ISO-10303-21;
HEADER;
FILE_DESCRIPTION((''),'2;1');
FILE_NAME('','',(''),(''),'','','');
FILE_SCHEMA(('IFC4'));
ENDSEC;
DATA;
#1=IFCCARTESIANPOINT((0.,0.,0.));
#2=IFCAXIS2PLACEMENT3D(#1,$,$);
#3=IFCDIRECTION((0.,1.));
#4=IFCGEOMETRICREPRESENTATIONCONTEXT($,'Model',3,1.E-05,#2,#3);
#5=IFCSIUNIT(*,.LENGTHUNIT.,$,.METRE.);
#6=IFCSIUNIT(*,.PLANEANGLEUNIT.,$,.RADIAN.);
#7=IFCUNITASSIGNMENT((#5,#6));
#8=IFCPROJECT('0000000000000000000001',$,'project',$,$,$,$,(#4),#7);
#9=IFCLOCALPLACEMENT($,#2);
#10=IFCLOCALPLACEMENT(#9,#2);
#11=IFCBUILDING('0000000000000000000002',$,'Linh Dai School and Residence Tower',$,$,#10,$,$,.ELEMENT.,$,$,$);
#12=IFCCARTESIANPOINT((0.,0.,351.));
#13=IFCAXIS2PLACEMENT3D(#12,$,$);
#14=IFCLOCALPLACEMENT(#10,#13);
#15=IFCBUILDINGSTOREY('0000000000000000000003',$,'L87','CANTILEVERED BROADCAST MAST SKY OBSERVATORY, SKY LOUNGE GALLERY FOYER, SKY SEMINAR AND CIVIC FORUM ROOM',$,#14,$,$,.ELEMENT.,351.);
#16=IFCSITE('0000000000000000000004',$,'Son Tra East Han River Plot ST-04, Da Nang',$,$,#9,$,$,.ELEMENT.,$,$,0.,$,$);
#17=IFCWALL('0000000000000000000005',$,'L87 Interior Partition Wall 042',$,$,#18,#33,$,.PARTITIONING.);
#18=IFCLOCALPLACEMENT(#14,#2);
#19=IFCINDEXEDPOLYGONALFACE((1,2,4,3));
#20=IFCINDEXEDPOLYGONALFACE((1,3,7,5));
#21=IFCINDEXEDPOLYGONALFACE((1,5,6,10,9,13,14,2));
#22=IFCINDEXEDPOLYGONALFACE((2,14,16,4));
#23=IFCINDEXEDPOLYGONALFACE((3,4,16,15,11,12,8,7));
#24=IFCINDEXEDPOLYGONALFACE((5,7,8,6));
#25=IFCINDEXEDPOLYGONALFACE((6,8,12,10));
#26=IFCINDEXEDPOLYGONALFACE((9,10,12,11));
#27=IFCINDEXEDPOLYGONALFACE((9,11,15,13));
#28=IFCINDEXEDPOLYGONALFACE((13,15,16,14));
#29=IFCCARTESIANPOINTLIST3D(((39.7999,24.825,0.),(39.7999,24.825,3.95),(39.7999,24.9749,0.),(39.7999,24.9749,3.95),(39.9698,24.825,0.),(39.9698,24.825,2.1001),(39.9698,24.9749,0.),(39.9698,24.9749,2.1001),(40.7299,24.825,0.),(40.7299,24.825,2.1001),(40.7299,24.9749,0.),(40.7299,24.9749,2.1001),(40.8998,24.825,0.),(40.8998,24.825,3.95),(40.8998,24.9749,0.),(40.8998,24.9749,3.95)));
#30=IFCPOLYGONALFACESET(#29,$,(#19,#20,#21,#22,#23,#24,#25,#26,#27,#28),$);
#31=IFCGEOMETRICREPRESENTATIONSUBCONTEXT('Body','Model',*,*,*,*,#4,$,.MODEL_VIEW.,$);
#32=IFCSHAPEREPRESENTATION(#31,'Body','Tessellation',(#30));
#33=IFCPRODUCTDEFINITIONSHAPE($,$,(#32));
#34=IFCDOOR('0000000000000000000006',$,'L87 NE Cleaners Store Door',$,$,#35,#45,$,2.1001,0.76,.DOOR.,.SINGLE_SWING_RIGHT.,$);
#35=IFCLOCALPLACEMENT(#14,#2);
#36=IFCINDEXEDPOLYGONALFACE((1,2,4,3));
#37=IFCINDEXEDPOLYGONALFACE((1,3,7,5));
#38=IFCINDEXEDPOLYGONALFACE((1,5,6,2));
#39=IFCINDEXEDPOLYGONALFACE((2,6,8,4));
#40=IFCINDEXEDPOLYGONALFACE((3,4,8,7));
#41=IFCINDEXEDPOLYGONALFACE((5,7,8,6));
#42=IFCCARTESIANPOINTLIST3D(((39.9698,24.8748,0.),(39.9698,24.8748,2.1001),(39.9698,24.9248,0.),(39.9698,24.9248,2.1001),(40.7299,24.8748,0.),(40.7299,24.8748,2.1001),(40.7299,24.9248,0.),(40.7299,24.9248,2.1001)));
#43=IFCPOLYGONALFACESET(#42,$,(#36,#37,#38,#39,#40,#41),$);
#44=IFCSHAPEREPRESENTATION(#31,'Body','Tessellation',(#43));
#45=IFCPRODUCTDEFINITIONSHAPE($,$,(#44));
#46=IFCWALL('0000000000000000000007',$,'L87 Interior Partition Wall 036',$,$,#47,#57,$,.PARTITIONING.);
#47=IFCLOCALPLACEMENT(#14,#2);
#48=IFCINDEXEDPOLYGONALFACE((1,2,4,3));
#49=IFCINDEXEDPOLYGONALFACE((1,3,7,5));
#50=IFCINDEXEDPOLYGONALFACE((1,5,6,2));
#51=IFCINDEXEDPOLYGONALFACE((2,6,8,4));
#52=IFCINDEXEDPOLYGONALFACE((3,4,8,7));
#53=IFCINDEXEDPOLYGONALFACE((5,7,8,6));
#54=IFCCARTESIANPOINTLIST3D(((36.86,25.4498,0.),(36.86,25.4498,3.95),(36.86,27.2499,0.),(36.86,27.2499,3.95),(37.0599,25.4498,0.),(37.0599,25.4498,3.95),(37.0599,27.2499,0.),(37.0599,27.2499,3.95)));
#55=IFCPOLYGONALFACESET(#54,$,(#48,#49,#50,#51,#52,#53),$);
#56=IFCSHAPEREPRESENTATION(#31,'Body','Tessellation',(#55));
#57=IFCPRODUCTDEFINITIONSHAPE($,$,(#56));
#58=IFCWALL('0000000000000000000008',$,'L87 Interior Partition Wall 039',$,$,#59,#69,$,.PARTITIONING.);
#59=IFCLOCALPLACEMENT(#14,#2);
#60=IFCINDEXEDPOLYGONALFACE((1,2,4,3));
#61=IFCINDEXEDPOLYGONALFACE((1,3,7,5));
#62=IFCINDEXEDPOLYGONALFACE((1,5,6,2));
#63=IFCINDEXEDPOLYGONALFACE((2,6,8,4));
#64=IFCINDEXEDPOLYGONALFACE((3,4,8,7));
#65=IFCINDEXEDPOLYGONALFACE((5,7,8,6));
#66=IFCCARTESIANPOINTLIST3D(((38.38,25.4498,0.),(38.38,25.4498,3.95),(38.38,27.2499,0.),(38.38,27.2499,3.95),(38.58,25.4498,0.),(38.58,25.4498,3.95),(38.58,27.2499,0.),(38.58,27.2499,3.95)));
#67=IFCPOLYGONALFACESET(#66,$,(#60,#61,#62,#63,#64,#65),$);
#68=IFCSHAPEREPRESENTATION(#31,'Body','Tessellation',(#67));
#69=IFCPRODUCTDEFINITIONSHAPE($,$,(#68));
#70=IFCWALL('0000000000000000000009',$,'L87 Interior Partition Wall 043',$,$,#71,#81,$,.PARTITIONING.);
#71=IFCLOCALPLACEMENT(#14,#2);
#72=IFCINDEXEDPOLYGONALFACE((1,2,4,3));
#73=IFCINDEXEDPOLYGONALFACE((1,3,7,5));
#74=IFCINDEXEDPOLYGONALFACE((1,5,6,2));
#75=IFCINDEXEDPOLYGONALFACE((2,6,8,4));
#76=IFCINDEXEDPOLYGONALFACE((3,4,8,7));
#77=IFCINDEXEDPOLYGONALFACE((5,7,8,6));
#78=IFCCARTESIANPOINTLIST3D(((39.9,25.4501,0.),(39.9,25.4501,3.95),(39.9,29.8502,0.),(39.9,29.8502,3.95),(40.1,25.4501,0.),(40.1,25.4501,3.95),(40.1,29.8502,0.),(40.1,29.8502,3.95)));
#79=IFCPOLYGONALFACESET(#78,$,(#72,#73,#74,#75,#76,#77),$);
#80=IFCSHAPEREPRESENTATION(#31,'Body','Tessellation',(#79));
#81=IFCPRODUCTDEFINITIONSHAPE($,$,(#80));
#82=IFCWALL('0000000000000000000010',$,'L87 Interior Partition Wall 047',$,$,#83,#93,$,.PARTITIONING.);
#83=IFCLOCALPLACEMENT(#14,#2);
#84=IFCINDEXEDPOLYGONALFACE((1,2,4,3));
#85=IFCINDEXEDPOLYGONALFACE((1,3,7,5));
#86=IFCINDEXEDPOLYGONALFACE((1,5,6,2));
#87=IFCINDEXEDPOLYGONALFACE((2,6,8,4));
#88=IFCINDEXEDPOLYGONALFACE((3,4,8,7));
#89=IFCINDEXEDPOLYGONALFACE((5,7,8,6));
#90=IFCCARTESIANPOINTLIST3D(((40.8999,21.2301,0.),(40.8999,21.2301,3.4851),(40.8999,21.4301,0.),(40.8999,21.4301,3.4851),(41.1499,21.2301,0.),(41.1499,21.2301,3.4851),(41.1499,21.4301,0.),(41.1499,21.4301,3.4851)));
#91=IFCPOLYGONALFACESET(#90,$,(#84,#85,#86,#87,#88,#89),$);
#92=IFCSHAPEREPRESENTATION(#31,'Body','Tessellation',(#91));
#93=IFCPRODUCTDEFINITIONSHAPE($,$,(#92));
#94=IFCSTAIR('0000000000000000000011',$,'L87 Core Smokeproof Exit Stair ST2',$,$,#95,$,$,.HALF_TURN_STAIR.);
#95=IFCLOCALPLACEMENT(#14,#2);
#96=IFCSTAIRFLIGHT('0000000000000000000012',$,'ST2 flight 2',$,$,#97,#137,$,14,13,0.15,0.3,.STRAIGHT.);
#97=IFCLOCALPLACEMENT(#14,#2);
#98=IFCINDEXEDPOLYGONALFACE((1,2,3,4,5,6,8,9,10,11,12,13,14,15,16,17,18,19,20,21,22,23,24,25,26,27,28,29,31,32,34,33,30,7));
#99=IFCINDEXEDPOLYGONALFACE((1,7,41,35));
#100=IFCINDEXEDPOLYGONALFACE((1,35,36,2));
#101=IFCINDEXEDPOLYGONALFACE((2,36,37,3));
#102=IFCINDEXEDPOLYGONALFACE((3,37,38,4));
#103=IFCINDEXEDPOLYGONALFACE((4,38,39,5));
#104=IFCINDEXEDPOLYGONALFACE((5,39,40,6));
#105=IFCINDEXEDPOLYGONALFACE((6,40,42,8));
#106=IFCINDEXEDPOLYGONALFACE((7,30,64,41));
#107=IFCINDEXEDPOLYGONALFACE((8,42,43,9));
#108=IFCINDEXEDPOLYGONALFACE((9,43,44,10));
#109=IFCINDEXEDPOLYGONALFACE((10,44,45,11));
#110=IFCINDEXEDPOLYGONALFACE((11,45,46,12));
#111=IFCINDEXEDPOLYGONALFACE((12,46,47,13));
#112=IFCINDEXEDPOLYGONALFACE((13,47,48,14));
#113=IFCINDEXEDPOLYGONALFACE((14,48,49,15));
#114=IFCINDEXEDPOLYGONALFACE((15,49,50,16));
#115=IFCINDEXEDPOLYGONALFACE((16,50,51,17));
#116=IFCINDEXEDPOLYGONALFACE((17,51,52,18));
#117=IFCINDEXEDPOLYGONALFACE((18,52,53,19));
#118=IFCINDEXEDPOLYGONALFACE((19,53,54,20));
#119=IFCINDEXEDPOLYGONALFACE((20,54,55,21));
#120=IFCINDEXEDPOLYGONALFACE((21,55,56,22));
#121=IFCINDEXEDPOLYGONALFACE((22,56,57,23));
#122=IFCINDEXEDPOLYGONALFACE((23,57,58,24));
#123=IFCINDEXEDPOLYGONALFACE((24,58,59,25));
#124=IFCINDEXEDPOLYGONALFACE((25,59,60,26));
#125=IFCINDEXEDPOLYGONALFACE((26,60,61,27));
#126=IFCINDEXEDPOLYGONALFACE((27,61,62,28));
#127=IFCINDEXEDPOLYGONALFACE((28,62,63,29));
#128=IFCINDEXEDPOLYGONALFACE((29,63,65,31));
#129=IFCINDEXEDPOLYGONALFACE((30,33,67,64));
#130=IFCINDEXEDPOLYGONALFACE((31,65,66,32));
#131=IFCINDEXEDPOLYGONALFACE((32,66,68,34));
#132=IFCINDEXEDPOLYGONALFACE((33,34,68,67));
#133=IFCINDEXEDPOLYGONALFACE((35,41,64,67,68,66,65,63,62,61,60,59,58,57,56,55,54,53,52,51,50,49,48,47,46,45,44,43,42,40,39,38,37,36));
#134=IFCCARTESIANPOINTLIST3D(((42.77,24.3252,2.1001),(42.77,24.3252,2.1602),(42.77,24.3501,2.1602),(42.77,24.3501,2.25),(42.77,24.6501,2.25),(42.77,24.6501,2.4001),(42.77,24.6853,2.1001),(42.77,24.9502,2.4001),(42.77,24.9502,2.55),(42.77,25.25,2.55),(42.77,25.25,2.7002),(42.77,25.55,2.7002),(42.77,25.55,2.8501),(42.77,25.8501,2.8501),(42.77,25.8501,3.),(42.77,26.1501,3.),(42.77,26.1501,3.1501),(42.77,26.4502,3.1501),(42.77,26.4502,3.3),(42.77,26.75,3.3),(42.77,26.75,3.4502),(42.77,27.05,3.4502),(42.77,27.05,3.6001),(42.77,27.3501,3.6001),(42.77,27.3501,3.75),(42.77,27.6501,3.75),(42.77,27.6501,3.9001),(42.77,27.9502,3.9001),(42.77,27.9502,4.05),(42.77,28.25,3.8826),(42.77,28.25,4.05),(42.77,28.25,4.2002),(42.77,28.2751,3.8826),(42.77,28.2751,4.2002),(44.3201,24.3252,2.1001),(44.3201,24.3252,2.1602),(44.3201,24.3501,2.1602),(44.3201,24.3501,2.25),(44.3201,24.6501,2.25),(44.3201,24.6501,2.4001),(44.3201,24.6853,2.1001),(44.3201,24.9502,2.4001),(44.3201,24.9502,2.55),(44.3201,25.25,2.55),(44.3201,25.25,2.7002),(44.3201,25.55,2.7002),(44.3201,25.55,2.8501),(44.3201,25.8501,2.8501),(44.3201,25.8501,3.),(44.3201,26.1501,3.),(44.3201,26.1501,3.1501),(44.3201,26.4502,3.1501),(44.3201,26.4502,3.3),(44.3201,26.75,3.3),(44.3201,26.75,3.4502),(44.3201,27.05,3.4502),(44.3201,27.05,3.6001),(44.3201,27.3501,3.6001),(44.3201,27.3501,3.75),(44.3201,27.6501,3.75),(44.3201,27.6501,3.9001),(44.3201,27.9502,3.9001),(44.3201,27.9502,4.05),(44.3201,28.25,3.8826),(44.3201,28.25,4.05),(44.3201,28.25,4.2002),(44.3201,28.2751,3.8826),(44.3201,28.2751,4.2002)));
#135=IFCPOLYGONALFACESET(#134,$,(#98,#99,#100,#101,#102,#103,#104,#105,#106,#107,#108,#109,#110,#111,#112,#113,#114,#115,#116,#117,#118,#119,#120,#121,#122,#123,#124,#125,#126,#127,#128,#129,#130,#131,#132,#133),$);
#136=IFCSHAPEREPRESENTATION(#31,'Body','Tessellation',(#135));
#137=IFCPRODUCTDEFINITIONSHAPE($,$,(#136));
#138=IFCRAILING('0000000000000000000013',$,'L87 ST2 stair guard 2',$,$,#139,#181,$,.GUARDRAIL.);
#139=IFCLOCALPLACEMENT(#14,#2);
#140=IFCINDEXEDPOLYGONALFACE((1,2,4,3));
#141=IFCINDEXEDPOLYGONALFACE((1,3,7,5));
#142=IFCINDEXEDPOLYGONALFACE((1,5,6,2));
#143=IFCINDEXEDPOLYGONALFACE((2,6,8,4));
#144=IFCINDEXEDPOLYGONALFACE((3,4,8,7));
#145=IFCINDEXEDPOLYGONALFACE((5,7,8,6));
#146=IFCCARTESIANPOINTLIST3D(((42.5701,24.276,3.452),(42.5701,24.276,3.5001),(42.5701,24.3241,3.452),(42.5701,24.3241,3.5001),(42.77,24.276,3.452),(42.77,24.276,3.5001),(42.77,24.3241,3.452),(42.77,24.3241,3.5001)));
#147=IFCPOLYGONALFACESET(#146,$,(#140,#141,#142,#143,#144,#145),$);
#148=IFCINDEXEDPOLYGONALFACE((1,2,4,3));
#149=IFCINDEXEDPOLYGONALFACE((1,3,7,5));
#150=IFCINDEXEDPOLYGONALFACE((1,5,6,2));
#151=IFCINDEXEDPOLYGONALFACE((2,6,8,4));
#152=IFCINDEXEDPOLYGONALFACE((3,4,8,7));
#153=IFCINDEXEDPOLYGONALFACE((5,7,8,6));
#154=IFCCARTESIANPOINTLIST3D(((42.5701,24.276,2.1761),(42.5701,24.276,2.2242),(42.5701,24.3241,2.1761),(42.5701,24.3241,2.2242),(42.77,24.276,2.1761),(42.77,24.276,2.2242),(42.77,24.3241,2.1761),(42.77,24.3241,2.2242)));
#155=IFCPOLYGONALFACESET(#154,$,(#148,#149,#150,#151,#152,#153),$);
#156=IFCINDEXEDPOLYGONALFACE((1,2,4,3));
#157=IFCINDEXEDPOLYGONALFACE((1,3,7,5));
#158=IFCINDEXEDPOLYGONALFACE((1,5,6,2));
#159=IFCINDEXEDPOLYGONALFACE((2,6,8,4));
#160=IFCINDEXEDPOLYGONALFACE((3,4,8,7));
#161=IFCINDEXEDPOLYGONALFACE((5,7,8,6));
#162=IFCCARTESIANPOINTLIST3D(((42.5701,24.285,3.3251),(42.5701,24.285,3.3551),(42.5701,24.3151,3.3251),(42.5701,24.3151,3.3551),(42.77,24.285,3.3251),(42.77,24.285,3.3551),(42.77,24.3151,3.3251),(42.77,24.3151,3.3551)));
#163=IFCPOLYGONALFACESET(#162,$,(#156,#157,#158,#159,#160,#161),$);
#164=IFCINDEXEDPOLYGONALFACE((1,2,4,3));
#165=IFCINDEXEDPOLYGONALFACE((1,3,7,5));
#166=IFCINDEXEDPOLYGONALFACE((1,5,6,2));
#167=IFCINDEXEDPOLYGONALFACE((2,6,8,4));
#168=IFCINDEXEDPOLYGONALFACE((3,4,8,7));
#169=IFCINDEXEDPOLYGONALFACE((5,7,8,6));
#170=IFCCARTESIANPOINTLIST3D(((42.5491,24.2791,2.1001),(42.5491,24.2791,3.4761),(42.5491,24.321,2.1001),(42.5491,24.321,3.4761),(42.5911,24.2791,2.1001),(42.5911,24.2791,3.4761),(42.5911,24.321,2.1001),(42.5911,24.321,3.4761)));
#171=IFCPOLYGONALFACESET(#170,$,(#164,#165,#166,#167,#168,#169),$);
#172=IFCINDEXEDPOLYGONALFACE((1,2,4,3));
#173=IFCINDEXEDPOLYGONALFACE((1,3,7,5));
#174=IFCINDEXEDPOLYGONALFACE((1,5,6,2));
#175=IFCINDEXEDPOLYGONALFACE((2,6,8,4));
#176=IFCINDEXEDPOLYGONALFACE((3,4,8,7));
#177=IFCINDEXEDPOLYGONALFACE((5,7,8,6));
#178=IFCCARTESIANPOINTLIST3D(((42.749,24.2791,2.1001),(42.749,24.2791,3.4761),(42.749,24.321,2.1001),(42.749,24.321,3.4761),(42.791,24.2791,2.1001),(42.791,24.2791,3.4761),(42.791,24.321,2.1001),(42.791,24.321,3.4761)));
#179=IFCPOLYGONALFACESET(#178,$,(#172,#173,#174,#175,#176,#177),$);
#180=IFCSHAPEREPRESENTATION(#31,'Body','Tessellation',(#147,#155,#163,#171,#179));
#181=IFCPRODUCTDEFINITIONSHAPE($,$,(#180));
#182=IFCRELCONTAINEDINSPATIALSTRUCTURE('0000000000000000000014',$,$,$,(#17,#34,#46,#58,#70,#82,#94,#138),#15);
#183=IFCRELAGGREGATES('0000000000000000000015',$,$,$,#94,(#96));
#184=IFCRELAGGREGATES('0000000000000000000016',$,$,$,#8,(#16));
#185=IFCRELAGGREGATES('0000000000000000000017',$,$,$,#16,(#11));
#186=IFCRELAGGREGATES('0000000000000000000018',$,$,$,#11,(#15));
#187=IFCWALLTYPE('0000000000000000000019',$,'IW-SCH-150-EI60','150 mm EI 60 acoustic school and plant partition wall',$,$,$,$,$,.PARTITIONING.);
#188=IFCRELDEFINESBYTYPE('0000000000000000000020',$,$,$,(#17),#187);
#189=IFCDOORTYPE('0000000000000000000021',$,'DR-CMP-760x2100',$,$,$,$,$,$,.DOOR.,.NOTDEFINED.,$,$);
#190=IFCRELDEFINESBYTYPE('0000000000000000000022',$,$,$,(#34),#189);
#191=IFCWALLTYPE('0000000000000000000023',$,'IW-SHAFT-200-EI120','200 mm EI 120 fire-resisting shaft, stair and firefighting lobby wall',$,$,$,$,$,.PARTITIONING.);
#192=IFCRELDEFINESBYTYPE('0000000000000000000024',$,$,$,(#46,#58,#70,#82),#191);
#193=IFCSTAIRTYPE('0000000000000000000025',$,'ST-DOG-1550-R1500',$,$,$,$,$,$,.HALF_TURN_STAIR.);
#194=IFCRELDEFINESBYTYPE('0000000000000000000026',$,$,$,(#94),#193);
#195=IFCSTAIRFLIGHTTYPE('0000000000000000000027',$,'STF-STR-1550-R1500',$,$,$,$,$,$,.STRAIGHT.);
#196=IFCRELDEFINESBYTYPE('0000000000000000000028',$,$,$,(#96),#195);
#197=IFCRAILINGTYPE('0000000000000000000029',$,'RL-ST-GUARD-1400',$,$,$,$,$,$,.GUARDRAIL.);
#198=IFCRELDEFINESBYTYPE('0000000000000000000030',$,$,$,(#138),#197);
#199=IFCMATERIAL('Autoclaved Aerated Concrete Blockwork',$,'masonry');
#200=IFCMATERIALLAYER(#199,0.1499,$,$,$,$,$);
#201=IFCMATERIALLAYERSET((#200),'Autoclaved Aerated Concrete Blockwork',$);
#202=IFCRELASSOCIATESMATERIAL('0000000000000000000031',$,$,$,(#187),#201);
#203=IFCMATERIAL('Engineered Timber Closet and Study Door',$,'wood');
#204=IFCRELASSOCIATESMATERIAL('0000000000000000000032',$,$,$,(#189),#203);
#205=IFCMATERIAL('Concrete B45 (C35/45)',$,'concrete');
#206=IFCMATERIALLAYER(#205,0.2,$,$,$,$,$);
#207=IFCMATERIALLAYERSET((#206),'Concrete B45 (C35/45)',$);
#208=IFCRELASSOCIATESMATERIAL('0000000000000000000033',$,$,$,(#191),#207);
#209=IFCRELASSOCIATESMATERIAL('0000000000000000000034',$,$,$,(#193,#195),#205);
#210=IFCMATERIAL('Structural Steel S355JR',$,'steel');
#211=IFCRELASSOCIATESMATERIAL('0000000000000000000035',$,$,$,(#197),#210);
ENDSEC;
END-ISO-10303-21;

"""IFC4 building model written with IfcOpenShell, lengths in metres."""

from ifc_helpers import new_model, si_unit, direction, frame, frame_2d, origin, origin_2d, place, context, subcontext, project, spatial, polyline, rectangle, outline, extrude, source, transform, mapped, material, layer, layer_set, type_object, element, fill, aggregate, save


model = new_model("IFC4")

# Units and contexts
model_context = context("Model", 3, precision=1e-05, world=origin(), true_north=direction((0.0, 1.0)))
body_context = subcontext(model_context, "Body", "Model", "MODEL_VIEW")
ifc_project = project(units=[si_unit("LENGTHUNIT", "METRE"), si_unit("PLANEANGLEUNIT", "RADIAN")], contexts=[model_context])

# Site, building, storey
site_placement = place(None, origin())
site = spatial("IfcSite", under=ifc_project, at=site_placement, Name="Son Tra East Han River Plot ST-04, Da Nang", CompositionType="ELEMENT", RefElevation=0.0)
building_placement = place(site_placement, origin())
building = spatial("IfcBuilding", under=site, at=building_placement, Name="Linh Dai School and Residence Tower", CompositionType="ELEMENT")
storey_placement = place(building_placement, frame((0.0, 0.0, 351.0)))
storey = spatial("IfcBuildingStorey", under=building, at=storey_placement, Name="L87", Description="CANTILEVERED BROADCAST MAST SKY OBSERVATORY, SKY LOUNGE GALLERY FOYER, SKY SEMINAR AND CIVIC FORUM ROOM", CompositionType="ELEMENT", Elevation=351.0)

# Shared definitions
ifc_material_1 = material(Name="Structural Steel S355JR", Category="steel")

# Shared definitions
ifc_material_2 = material(Name="Autoclaved Aerated Concrete Blockwork", Category="masonry")

# Wall, opening, door
ifc_layer_1 = layer(ifc_material_2, 0.1499)
ifc_layer_set_1 = layer_set([ifc_layer_1], Name="Autoclaved Aerated Concrete Blockwork")
wall_type_1 = type_object("IfcWallType", Name="IW-SCH-150-EI60", Description="150 mm EI 60 acoustic school and plant partition wall", PredefinedType="PARTITIONING", material=ifc_layer_set_1)
wall_1_placement = place(storey_placement, frame((39.8, 24.8999, 0.0), z_axis=(0.0, 0.0, 1.0), x_axis=(1.0, 0.0, 0.0)))
wall_1 = element("IfcWall", 1, at=wall_1_placement, inside=storey, type_object=wall_type_1, Name="L87 Interior Partition Wall 042", PredefinedType="PARTITIONING", context=body_context, shape_type="SweptSolid", body=[
    extrude(rectangle(XDim=1.0999, YDim=0.1499, at=frame_2d((0.5498, 0.0))), origin(), (0.0, 0.0, 1.0), 3.95),
])
opening_1_placement = place(wall_1_placement, frame((0.1699, 0.0, 0.0)))
opening_1 = element("IfcOpeningElement", 2, at=opening_1_placement, cuts=wall_1, PredefinedType="OPENING", context=body_context, shape_type="SweptSolid", body=[
    extrude(rectangle(XDim=0.76, YDim=2.1001, at=origin_2d()), frame((0.3799, 0.085, 1.05), z_axis=(0.0, -1.0, 0.0), x_axis=(1.0, 0.0, 0.0)), (0.0, 0.0, 1.0), 0.1699),
])
ifc_material_3 = material(Name="Engineered Timber Closet and Study Door", Category="wood")
door_type_1 = type_object("IfcDoorType", Name="DR-CMP-760x2100", OperationType="NOTDEFINED", PredefinedType="DOOR", material=ifc_material_3)
shared_shape_1 = source(origin(), body_context, "Body", "SweptSolid", [
    extrude(rectangle(XDim=0.76, YDim=2.1001, at=origin_2d()), frame((0.3799, 0.0249, 1.05), z_axis=(0.0, -1.0, 0.0), x_axis=(1.0, 0.0, 0.0)), (0.0, 0.0, 1.0), 0.05),
])
door_1_placement = place(opening_1_placement, origin())
door_1 = element("IfcDoor", 3, at=door_1_placement, inside=storey, type_object=door_type_1, Name="L87 NE Cleaners Store Door", OperationType="SINGLE_SWING_RIGHT", OverallHeight=2.1001, OverallWidth=0.76, PredefinedType="DOOR", context=body_context, shape_type="MappedRepresentation", body=[
    mapped(shared_shape_1, transform((0.0, 0.0, 0.0), x_axis=(1.0, 0.0, 0.0), y_axis=(0.0, 1.0, 0.0), z_axis=(0.0, 0.0, 1.0), scale=1.0)),
])
fill(opening_1, door_1)

# Walls
ifc_material_4 = material(Name="Concrete B45 (C35/45)", Category="concrete")
ifc_layer_2 = layer(ifc_material_4, 0.2)
ifc_layer_set_2 = layer_set([ifc_layer_2], Name="Concrete B45 (C35/45)")
wall_type_2 = type_object("IfcWallType", Name="IW-SHAFT-200-EI120", Description="200 mm EI 120 fire-resisting shaft, stair and firefighting lobby wall", PredefinedType="PARTITIONING", material=ifc_layer_set_2)
for number, where, z_axis, x_axis, name in (
    (4, (36.96, 25.45, 0.0), (0.0, 0.0, 1.0), (0.0, 1.0, 0.0), "L87 Interior Partition Wall 036"),
    (5, (38.48, 25.45, 0.0), (0.0, 0.0, 1.0), (0.0, 1.0, 0.0), "L87 Interior Partition Wall 039"),
):
    element("IfcWall", number, at=place(storey_placement, frame(where, z_axis=z_axis, x_axis=x_axis)), inside=storey, type_object=wall_type_2, Name=name, PredefinedType="PARTITIONING", context=body_context, shape_type="SweptSolid", body=[
        extrude(rectangle(XDim=1.8, YDim=0.2, at=frame_2d((0.8999, 0.0))), origin(), (0.0, 0.0, 1.0), 3.95),
    ])
wall_2_placement = place(storey_placement, frame((40.0, 25.45, 0.0), z_axis=(0.0, 0.0, 1.0), x_axis=(0.0, 1.0, 0.0)))
element("IfcWall", 6, at=wall_2_placement, inside=storey, type_object=wall_type_2, Name="L87 Interior Partition Wall 043", PredefinedType="PARTITIONING", context=body_context, shape_type="SweptSolid", body=[
    extrude(rectangle(XDim=4.4001, YDim=0.2, at=frame_2d((2.2002, 0.0))), origin(), (0.0, 0.0, 1.0), 3.95),
])
wall_3_placement = place(storey_placement, frame((40.8999, 21.3301, 0.0), z_axis=(0.0, 0.0, 1.0), x_axis=(1.0, 0.0, 0.0)))
element("IfcWall", 7, at=wall_3_placement, inside=storey, type_object=wall_type_2, Name="L87 Interior Partition Wall 047", PredefinedType="PARTITIONING", context=body_context, shape_type="SweptSolid", body=[
    extrude(rectangle(XDim=0.25, YDim=0.2, at=frame_2d((0.125, 0.0))), origin(), (0.0, 0.0, 1.0), 3.4851),
])

# Stair, stair flight
stair_type = type_object("IfcStairType", Name="ST-DOG-1550-R1500", PredefinedType="HALF_TURN_STAIR", material=ifc_material_4)
stair_placement = place(storey_placement, origin())
stair = element("IfcStair", 8, at=stair_placement, inside=storey, type_object=stair_type, Name="L87 Core Smokeproof Exit Stair ST2", PredefinedType="HALF_TURN_STAIR")
stair_flight_type = type_object("IfcStairFlightType", Name="STF-STR-1550-R1500", PredefinedType="STRAIGHT", material=ifc_material_4)
shared_shape_2 = source(origin(), body_context, "Body", "SweptSolid", [
    extrude(outline(polyline([(-0.0249, 0.0), (-0.0249, 0.0601), (0.0, 0.0601), (0.0, 0.1499), (0.3, 0.1499), (0.3, 0.3), (0.6001, 0.3), (0.6001, 0.45), (0.8999, 0.45), (0.8999, 0.6001), (1.2, 0.6001), (1.2, 0.75), (1.5, 0.75), (1.5, 0.8999), (1.8, 0.8999), (1.8, 1.05), (2.1001, 1.05), (2.1001, 1.2), (2.3999, 1.2), (2.3999, 1.3501), (2.7, 1.3501), (2.7, 1.5), (3.0, 1.5), (3.0, 1.6499), (3.3, 1.6499), (3.3, 1.8), (3.6001, 1.8), (3.6001, 1.95), (3.8999, 1.95), (3.8999, 2.1001), (3.925, 2.1001), (3.925, 1.7825), (3.8999, 1.7825), (0.3352, 0.0), (-0.0249, 0.0)])), frame((0.0, 0.7749, 0.0), z_axis=(0.0, -1.0, 0.0), x_axis=(1.0, 0.0, 0.0)), (0.0, 0.0, 1.0), 1.55),
])
stair_flight_placement = place(storey_placement, frame((43.5449, 24.3501, 2.1001), z_axis=(0.0, 0.0, 1.0), x_axis=(0.0, 1.0, 0.0)))
stair_flight = element("IfcStairFlight", 9, at=stair_flight_placement, type_object=stair_flight_type, Name="ST2 flight 2", NumberOfRisers=14, NumberOfTreads=13, PredefinedType="STRAIGHT", RiserHeight=0.15, TreadLength=0.3, context=body_context, shape_type="MappedRepresentation", body=[
    mapped(shared_shape_2, transform((0.0, 0.0, 0.0), x_axis=(1.0, 0.0, 0.0), y_axis=(0.0, 1.0, 0.0), z_axis=(0.0, 0.0, 1.0), scale=1.0)),
])
aggregate(stair, [stair_flight])

# Railing
railing_type_1 = type_object("IfcRailingType", Name="RL-ST-GUARD-1400", PredefinedType="GUARDRAIL", material=ifc_material_1)
shared_shape_3 = source(origin(), body_context, "Body", "SweptSolid", [
    extrude(rectangle(XDim=0.0481, YDim=0.0481, at=origin_2d()), frame((0.0, 0.0, 1.376), z_axis=(1.0, 0.0, 0.0), x_axis=(0.0, 1.0, 0.0)), (0.0, 0.0, 1.0), 0.2),
    extrude(rectangle(XDim=0.0481, YDim=0.0481, at=origin_2d()), frame((0.0, 0.0, 0.1001), z_axis=(1.0, 0.0, 0.0), x_axis=(0.0, 1.0, 0.0)), (0.0, 0.0, 1.0), 0.2),
    extrude(rectangle(XDim=0.03, YDim=0.03, at=origin_2d()), frame((0.0, 0.0, 1.24), z_axis=(1.0, 0.0, 0.0), x_axis=(0.0, 1.0, 0.0)), (0.0, 0.0, 1.0), 0.2),
    extrude(rectangle(XDim=0.042, YDim=0.042, at=origin_2d()), origin(), (0.0, 0.0, 1.0), 1.376),
    extrude(rectangle(XDim=0.042, YDim=0.042, at=origin_2d()), frame((0.2, 0.0, 0.0)), (0.0, 0.0, 1.0), 1.376),
])
railing_1_placement = place(storey_placement, frame((42.5701, 24.3, 2.1001)))
element("IfcRailing", 10, at=railing_1_placement, inside=storey, type_object=railing_type_1, Name="L87 ST2 stair guard 2", PredefinedType="GUARDRAIL", context=body_context, shape_type="MappedRepresentation", body=[
    mapped(shared_shape_3, transform((0.0, 0.0, 0.0), x_axis=(1.0, 0.0, 0.0), y_axis=(0.0, 1.0, 0.0), z_axis=(0.0, 0.0, 1.0), scale=1.0)),
])

save(model, "model.ifc")
